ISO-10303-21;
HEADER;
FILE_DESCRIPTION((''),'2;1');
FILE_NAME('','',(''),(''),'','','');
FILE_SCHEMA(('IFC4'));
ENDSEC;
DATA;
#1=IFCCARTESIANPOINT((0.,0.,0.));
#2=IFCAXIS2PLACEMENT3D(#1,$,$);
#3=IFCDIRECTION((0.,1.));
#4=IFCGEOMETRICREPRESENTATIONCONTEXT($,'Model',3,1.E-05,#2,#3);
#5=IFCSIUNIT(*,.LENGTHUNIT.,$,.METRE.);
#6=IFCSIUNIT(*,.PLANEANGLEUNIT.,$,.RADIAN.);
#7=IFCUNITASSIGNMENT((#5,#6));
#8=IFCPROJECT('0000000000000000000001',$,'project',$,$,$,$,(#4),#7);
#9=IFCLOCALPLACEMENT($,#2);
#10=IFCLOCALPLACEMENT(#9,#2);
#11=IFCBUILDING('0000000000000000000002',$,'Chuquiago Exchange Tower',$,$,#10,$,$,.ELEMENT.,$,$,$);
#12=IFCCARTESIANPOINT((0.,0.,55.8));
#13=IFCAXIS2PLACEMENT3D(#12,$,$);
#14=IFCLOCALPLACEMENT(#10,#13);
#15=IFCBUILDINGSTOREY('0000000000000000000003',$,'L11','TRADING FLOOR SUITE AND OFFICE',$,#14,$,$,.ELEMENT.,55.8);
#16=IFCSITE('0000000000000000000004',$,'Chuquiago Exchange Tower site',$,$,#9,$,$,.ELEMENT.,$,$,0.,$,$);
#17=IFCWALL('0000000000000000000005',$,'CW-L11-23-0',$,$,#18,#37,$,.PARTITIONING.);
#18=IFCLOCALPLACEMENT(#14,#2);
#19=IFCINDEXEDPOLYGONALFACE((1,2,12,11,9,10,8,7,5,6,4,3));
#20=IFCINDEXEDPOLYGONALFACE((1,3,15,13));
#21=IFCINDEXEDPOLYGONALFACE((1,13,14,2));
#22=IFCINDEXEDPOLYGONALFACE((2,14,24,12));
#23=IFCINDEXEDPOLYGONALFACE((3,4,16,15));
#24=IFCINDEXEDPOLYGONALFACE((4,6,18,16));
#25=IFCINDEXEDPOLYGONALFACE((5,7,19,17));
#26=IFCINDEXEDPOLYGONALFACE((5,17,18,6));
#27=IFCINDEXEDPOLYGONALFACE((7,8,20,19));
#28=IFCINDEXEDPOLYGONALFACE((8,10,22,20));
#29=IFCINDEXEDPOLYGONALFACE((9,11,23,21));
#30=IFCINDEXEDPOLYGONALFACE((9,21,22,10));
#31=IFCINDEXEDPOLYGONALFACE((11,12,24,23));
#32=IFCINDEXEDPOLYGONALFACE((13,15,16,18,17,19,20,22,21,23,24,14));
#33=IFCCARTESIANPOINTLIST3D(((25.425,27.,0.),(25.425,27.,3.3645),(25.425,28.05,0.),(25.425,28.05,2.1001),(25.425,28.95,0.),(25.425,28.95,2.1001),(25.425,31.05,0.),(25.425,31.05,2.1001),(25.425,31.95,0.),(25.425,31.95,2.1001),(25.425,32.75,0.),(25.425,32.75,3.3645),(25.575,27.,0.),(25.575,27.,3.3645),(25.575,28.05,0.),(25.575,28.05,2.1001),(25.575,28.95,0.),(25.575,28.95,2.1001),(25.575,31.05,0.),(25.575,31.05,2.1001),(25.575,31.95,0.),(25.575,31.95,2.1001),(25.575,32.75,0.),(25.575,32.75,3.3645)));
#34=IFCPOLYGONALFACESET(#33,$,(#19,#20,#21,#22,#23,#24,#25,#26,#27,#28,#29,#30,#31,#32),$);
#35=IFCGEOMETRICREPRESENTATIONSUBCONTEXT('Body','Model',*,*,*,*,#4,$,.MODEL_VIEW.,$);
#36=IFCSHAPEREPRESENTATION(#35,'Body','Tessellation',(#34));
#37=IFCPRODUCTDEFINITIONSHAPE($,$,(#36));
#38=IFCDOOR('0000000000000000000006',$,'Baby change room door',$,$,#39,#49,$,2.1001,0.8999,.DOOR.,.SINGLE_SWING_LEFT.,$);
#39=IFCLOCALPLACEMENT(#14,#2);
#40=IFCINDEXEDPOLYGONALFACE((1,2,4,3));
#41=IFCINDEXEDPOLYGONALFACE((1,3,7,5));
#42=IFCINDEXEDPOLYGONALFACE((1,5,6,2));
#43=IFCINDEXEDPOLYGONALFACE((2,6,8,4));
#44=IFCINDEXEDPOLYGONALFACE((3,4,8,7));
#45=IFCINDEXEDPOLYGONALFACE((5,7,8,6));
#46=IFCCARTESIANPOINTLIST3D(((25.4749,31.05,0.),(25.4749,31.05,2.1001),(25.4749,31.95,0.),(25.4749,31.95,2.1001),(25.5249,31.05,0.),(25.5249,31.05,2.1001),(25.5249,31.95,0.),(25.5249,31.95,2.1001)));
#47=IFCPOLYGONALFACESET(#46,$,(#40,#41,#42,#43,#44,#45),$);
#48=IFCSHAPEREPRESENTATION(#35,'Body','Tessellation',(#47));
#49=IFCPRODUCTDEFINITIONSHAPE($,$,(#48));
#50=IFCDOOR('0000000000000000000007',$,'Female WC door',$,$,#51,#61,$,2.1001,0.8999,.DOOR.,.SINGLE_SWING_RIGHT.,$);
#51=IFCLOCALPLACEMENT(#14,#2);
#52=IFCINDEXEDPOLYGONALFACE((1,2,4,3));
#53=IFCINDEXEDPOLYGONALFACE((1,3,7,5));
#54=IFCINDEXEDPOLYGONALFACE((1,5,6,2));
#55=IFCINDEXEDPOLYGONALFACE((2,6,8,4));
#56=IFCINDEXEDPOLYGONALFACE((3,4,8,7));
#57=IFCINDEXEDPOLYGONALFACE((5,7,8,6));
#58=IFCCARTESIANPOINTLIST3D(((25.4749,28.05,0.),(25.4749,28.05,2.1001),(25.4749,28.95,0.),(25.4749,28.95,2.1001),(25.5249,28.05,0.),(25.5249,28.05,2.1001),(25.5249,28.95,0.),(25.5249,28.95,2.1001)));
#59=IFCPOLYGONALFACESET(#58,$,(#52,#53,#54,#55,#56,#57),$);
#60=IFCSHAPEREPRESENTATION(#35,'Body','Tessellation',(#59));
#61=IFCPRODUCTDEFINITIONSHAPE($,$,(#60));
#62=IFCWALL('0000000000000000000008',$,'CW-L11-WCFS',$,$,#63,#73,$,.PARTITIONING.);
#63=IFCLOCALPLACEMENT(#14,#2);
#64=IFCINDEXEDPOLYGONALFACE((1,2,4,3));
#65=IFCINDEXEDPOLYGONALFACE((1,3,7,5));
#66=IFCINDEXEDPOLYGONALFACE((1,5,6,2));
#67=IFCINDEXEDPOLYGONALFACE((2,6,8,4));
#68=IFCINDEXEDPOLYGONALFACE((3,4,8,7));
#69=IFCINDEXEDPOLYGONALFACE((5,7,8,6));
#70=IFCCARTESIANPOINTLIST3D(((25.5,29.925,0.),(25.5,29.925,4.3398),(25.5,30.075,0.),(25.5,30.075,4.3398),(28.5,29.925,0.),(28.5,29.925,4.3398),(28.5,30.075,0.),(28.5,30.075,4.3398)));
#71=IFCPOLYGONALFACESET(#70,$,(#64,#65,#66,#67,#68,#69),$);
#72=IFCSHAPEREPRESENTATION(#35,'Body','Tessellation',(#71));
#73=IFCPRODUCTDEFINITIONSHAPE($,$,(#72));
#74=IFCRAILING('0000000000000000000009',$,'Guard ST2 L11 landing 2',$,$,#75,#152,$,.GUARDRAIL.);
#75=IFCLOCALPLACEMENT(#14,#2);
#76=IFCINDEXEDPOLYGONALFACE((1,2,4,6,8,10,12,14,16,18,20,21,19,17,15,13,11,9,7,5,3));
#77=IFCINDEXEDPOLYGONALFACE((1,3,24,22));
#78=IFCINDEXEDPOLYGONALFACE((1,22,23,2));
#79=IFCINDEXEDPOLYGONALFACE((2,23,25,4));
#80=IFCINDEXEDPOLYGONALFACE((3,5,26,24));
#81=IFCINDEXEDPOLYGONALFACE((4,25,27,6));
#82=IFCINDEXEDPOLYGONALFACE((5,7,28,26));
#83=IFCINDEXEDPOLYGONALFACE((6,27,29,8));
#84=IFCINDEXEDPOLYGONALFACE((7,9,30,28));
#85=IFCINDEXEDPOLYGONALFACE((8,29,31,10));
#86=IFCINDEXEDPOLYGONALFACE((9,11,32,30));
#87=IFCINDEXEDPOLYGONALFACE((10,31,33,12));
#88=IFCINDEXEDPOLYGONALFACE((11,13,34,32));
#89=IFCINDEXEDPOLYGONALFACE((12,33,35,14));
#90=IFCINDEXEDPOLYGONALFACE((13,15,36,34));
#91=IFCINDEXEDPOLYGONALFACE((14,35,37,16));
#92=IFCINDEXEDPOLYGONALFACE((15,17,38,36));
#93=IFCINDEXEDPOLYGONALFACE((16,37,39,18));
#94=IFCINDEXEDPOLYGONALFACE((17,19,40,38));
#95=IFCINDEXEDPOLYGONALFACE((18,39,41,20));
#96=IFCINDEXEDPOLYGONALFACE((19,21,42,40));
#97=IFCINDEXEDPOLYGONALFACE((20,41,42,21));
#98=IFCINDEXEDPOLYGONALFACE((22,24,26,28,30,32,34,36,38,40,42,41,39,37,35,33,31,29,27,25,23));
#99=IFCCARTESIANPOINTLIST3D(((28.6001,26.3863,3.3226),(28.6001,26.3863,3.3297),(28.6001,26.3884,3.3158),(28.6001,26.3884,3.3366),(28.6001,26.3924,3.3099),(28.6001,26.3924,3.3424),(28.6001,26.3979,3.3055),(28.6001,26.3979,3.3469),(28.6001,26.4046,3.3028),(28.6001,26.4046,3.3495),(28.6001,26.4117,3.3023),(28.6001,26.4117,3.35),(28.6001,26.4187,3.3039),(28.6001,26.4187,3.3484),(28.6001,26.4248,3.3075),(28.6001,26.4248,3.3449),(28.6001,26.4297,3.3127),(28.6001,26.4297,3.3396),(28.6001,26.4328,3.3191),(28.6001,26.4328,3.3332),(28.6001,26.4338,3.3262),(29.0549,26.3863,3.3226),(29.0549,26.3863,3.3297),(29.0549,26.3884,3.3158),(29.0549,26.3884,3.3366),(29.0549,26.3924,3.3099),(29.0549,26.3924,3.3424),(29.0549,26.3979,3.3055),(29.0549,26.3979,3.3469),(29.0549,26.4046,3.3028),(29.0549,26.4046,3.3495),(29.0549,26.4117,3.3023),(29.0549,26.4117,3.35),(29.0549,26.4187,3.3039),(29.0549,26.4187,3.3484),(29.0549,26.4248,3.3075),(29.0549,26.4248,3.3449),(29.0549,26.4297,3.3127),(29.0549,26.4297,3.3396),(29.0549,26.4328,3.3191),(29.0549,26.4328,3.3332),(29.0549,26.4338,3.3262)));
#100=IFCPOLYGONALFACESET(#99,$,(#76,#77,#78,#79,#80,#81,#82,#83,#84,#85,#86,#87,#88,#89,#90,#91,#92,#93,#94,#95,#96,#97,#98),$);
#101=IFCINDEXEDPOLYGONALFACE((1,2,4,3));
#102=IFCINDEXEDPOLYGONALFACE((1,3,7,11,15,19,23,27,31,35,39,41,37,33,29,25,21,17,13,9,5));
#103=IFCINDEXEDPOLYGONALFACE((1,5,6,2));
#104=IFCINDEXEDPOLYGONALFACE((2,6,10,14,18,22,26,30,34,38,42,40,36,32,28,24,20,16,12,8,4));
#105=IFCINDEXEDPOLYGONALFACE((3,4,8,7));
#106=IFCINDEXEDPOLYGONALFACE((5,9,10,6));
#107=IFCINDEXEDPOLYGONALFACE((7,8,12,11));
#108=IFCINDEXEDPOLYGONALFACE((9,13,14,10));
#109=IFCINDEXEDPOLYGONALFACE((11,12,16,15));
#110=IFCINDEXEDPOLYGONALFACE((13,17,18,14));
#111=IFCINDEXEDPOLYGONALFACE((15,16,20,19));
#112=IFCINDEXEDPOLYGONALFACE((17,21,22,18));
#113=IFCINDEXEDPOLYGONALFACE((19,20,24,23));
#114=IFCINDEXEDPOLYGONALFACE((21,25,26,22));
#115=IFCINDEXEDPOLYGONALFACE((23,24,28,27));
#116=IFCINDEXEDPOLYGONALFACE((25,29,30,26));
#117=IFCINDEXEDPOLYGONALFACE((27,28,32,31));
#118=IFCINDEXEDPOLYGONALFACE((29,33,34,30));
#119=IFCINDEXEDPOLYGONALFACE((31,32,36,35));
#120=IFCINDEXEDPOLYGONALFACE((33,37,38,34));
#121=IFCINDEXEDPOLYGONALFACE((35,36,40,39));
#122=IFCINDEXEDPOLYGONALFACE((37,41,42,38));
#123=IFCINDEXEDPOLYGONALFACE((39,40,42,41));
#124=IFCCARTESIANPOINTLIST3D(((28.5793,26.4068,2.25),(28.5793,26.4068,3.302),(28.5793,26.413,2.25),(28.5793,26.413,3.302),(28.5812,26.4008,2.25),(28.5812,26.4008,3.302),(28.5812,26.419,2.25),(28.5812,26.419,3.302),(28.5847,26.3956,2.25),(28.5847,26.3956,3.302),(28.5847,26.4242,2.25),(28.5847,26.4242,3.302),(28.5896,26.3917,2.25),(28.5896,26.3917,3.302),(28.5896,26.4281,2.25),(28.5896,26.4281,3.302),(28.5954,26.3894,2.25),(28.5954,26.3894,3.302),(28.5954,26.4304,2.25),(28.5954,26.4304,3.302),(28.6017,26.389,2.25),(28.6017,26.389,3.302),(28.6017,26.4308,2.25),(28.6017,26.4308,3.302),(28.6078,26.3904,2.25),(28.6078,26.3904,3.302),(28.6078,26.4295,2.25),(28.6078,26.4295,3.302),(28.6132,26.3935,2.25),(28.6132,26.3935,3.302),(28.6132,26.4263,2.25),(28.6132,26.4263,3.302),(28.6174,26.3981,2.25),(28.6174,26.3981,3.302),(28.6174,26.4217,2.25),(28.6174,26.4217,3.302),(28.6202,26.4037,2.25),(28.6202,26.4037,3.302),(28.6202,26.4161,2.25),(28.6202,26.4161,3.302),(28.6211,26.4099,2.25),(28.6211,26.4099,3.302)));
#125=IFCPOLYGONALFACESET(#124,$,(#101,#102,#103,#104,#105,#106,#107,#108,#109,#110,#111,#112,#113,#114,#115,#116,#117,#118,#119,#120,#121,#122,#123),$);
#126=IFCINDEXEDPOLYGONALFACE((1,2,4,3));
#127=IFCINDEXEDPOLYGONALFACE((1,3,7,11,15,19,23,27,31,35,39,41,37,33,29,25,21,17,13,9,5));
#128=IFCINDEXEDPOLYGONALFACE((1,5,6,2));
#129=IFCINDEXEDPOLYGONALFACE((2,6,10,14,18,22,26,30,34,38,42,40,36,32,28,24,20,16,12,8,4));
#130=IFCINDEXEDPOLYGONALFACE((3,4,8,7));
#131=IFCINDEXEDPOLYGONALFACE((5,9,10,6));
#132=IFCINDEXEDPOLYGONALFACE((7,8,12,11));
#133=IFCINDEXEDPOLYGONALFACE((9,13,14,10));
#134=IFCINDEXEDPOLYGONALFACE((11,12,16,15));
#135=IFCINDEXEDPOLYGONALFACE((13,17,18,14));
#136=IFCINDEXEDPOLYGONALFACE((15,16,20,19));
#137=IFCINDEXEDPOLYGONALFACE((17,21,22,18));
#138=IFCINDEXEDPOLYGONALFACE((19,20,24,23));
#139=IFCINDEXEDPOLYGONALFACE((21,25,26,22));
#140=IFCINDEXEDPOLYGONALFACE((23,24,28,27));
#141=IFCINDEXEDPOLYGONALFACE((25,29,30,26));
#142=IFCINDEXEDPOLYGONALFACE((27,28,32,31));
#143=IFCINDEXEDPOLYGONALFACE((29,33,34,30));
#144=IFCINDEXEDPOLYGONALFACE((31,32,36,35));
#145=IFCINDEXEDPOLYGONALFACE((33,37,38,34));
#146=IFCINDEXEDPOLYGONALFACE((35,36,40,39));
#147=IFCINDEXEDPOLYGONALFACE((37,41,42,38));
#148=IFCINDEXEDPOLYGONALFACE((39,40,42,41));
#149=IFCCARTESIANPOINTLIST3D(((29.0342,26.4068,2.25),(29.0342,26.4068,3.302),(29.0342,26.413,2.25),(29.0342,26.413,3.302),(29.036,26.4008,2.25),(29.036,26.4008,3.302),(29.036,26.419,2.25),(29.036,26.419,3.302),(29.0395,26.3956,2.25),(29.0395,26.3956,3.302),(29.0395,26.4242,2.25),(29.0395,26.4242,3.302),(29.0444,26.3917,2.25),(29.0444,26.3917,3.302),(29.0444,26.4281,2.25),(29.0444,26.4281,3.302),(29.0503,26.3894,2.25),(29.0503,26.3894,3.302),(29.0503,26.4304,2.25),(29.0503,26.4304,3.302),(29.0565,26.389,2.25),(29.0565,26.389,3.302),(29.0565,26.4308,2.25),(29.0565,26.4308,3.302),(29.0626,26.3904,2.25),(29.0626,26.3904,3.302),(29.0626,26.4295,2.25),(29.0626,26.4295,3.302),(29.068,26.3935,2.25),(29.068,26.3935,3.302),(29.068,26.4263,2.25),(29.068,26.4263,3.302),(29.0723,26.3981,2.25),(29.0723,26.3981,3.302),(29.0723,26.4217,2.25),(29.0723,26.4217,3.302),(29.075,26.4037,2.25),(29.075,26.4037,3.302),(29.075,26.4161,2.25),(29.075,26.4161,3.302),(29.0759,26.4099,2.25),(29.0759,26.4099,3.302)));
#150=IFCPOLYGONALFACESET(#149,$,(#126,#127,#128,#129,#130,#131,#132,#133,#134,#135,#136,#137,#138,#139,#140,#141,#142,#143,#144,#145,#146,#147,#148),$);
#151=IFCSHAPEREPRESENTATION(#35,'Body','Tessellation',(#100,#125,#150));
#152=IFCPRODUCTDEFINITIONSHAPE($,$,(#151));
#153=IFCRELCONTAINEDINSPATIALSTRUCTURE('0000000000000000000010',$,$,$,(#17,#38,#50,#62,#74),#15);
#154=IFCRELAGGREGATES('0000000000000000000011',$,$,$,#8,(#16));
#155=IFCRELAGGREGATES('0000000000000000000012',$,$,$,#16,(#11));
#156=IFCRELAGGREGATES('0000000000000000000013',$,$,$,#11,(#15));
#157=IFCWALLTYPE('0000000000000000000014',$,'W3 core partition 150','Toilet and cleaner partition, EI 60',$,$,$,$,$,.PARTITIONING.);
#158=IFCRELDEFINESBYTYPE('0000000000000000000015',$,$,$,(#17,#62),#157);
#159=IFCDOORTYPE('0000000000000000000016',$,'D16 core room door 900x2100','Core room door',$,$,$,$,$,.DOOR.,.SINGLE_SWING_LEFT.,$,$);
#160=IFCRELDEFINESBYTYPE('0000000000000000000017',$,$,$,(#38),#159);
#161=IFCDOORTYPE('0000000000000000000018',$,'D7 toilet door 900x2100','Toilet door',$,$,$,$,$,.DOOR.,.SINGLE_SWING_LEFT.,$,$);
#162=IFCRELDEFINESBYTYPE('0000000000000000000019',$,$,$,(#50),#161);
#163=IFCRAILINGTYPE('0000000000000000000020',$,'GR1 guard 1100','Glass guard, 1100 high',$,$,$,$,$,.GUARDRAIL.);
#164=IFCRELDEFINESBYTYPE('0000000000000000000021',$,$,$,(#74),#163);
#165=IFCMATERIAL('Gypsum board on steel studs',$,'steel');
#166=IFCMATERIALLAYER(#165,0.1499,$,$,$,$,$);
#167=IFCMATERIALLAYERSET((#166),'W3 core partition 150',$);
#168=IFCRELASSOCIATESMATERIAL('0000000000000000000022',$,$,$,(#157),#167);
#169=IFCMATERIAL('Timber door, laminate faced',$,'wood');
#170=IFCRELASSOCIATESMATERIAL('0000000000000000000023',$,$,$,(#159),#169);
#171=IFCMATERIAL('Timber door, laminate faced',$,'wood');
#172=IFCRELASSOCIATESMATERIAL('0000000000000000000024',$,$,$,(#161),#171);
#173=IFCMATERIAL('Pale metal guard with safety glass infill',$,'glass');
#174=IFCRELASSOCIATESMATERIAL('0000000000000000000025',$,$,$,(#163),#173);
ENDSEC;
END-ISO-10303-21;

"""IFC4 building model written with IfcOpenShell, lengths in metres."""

from ifc_helpers import new_model, si_unit, direction, frame, frame_2d, origin, origin_2d, place, context, subcontext, project, spatial, rectangle, circle, extrude, material, layer, layer_set, type_object, element, fill, save


model = new_model("IFC4")

# Units and contexts
model_context = context("Model", 3, precision=1e-05, world=origin(), true_north=direction((0.0, 1.0)))
body_context = subcontext(model_context, "Body", "Model", "MODEL_VIEW")
ifc_project = project(units=[si_unit("LENGTHUNIT", "METRE"), si_unit("PLANEANGLEUNIT", "RADIAN")], contexts=[model_context])

# Site, building, storey
site_placement = place(None, origin())
site = spatial("IfcSite", under=ifc_project, at=site_placement, Name="Chuquiago Exchange Tower site", CompositionType="ELEMENT", RefElevation=0.0)
building_placement = place(site_placement, origin())
building = spatial("IfcBuilding", under=site, at=building_placement, Name="Chuquiago Exchange Tower", CompositionType="ELEMENT")
storey_placement = place(building_placement, frame((0.0, 0.0, 55.8)))
storey = spatial("IfcBuildingStorey", under=building, at=storey_placement, Name="L11", Description="TRADING FLOOR SUITE AND OFFICE", CompositionType="ELEMENT", Elevation=55.8)

# Wall, openings, doors
ifc_material_1 = material(Name="Gypsum board on steel studs", Category="steel")
ifc_layer_1 = layer(ifc_material_1, 0.1499)
ifc_layer_set_1 = layer_set([ifc_layer_1], Name="W3 core partition 150")
wall_type_1 = type_object("IfcWallType", Name="W3 core partition 150", Description="Toilet and cleaner partition, EI 60", PredefinedType="PARTITIONING", material=ifc_layer_set_1)
ifc_material_2 = material(Name="Timber door, laminate faced", Category="wood")
door_type_1 = type_object("IfcDoorType", Name="D16 core room door 900x2100", Description="Core room door", OperationType="SINGLE_SWING_LEFT", PredefinedType="DOOR", material=ifc_material_2)
ifc_material_3 = material(Name="Timber door, laminate faced", Category="wood")
door_type_2 = type_object("IfcDoorType", Name="D7 toilet door 900x2100", Description="Toilet door", OperationType="SINGLE_SWING_LEFT", PredefinedType="DOOR", material=ifc_material_3)
wall_1_placement = place(storey_placement, frame((25.5, 27.0, 0.0), z_axis=(0.0, 0.0, 1.0), x_axis=(0.0, 1.0, 0.0)))
wall_1 = element("IfcWall", 1, at=wall_1_placement, inside=storey, type_object=wall_type_1, Name="CW-L11-23-0", PredefinedType="PARTITIONING", context=body_context, shape_type="SweptSolid", body=[
    extrude(rectangle(XDim=5.75, YDim=0.1499, at=frame_2d((2.875, 0.0))), origin(), (0.0, 0.0, 1.0), 3.3645),
])
opening_1_placement = place(wall_1_placement, frame((1.05, 0.0, 0.0)))
opening_1 = element("IfcOpeningElement", 2, at=opening_1_placement, cuts=wall_1, PredefinedType="OPENING", context=body_context, shape_type="SweptSolid", body=[
    extrude(rectangle(XDim=0.8999, YDim=2.1001, at=frame_2d((0.45, 1.05))), frame((0.0, 0.085, 0.0), z_axis=(0.0, -1.0, 0.0), x_axis=(1.0, 0.0, 0.0)), (0.0, 0.0, 1.0), 0.1699),
])
opening_2_placement = place(wall_1_placement, frame((4.05, 0.0, 0.0)))
opening_2 = element("IfcOpeningElement", 3, at=opening_2_placement, cuts=wall_1, PredefinedType="OPENING", context=body_context, shape_type="SweptSolid", body=[
    extrude(rectangle(XDim=0.8999, YDim=2.1001, at=frame_2d((0.45, 1.05))), frame((0.0, 0.085, 0.0), z_axis=(0.0, -1.0, 0.0), x_axis=(1.0, 0.0, 0.0)), (0.0, 0.0, 1.0), 0.1699),
])
door_1_placement = place(opening_2_placement, frame((0.8999, 0.0, 0.0), z_axis=(0.0, 0.0, 1.0), x_axis=(-1.0, 0.0, 0.0)))
door_1 = element("IfcDoor", 4, at=door_1_placement, inside=storey, type_object=door_type_1, Name="Baby change room door", OperationType="SINGLE_SWING_LEFT", OverallHeight=2.1001, OverallWidth=0.8999, PredefinedType="DOOR", context=body_context, shape_type="SweptSolid", body=[
    extrude(rectangle(XDim=0.8999, YDim=2.1001, at=frame_2d((0.45, 1.05))), frame((0.0, 0.0249, 0.0), z_axis=(0.0, -1.0, 0.0), x_axis=(1.0, 0.0, 0.0)), (0.0, 0.0, 1.0), 0.05),
])
fill(opening_2, door_1)
door_2_placement = place(opening_1_placement, frame((0.8999, 0.0, 0.0), z_axis=(0.0, 0.0, 1.0), x_axis=(-1.0, 0.0, 0.0)))
door_2 = element("IfcDoor", 5, at=door_2_placement, inside=storey, type_object=door_type_2, Name="Female WC door", OperationType="SINGLE_SWING_RIGHT", OverallHeight=2.1001, OverallWidth=0.8999, PredefinedType="DOOR", context=body_context, shape_type="SweptSolid", body=[
    extrude(rectangle(XDim=0.8999, YDim=2.1001, at=frame_2d((0.45, 1.05))), frame((0.0, 0.0249, 0.0), z_axis=(0.0, -1.0, 0.0), x_axis=(1.0, 0.0, 0.0)), (0.0, 0.0, 1.0), 0.05),
])
fill(opening_1, door_2)

# Wall
wall_2_placement = place(storey_placement, frame((25.5, 30.0, 0.0), z_axis=(0.0, 0.0, 1.0), x_axis=(1.0, 0.0, 0.0)))
element("IfcWall", 6, at=wall_2_placement, inside=storey, type_object=wall_type_1, Name="CW-L11-WCFS", PredefinedType="PARTITIONING", context=body_context, shape_type="SweptSolid", body=[
    extrude(rectangle(XDim=3.0, YDim=0.1499, at=frame_2d((1.5, 0.0))), origin(), (0.0, 0.0, 1.0), 4.3398),
])

# Railing
ifc_material_4 = material(Name="Pale metal guard with safety glass infill", Category="glass")
railing_type = type_object("IfcRailingType", Name="GR1 guard 1100", Description="Glass guard, 1100 high", PredefinedType="GUARDRAIL", material=ifc_material_4)
railing_placement = place(storey_placement, frame((28.6001, 26.4099, 2.25)))
element("IfcRailing", 7, at=railing_placement, inside=storey, type_object=railing_type, Name="Guard ST2 L11 landing 2", PredefinedType="GUARDRAIL", context=body_context, shape_type="SweptSolid", body=[
    extrude(circle(Radius=0.0239, at=origin_2d()), frame((0.0, 0.0, 1.0762), z_axis=(1.0, 0.0, 0.0), x_axis=(0.0, 1.0, 0.0)), (0.0, 0.0, 1.0), 0.4548),
    extrude(circle(Radius=0.021, at=origin_2d()), origin(), (0.0, 0.0, 1.0), 1.052),
    extrude(circle(Radius=0.021, at=origin_2d()), frame((0.4548, 0.0, 0.0)), (0.0, 0.0, 1.0), 1.052),
])

save(model, "model.ifc")
